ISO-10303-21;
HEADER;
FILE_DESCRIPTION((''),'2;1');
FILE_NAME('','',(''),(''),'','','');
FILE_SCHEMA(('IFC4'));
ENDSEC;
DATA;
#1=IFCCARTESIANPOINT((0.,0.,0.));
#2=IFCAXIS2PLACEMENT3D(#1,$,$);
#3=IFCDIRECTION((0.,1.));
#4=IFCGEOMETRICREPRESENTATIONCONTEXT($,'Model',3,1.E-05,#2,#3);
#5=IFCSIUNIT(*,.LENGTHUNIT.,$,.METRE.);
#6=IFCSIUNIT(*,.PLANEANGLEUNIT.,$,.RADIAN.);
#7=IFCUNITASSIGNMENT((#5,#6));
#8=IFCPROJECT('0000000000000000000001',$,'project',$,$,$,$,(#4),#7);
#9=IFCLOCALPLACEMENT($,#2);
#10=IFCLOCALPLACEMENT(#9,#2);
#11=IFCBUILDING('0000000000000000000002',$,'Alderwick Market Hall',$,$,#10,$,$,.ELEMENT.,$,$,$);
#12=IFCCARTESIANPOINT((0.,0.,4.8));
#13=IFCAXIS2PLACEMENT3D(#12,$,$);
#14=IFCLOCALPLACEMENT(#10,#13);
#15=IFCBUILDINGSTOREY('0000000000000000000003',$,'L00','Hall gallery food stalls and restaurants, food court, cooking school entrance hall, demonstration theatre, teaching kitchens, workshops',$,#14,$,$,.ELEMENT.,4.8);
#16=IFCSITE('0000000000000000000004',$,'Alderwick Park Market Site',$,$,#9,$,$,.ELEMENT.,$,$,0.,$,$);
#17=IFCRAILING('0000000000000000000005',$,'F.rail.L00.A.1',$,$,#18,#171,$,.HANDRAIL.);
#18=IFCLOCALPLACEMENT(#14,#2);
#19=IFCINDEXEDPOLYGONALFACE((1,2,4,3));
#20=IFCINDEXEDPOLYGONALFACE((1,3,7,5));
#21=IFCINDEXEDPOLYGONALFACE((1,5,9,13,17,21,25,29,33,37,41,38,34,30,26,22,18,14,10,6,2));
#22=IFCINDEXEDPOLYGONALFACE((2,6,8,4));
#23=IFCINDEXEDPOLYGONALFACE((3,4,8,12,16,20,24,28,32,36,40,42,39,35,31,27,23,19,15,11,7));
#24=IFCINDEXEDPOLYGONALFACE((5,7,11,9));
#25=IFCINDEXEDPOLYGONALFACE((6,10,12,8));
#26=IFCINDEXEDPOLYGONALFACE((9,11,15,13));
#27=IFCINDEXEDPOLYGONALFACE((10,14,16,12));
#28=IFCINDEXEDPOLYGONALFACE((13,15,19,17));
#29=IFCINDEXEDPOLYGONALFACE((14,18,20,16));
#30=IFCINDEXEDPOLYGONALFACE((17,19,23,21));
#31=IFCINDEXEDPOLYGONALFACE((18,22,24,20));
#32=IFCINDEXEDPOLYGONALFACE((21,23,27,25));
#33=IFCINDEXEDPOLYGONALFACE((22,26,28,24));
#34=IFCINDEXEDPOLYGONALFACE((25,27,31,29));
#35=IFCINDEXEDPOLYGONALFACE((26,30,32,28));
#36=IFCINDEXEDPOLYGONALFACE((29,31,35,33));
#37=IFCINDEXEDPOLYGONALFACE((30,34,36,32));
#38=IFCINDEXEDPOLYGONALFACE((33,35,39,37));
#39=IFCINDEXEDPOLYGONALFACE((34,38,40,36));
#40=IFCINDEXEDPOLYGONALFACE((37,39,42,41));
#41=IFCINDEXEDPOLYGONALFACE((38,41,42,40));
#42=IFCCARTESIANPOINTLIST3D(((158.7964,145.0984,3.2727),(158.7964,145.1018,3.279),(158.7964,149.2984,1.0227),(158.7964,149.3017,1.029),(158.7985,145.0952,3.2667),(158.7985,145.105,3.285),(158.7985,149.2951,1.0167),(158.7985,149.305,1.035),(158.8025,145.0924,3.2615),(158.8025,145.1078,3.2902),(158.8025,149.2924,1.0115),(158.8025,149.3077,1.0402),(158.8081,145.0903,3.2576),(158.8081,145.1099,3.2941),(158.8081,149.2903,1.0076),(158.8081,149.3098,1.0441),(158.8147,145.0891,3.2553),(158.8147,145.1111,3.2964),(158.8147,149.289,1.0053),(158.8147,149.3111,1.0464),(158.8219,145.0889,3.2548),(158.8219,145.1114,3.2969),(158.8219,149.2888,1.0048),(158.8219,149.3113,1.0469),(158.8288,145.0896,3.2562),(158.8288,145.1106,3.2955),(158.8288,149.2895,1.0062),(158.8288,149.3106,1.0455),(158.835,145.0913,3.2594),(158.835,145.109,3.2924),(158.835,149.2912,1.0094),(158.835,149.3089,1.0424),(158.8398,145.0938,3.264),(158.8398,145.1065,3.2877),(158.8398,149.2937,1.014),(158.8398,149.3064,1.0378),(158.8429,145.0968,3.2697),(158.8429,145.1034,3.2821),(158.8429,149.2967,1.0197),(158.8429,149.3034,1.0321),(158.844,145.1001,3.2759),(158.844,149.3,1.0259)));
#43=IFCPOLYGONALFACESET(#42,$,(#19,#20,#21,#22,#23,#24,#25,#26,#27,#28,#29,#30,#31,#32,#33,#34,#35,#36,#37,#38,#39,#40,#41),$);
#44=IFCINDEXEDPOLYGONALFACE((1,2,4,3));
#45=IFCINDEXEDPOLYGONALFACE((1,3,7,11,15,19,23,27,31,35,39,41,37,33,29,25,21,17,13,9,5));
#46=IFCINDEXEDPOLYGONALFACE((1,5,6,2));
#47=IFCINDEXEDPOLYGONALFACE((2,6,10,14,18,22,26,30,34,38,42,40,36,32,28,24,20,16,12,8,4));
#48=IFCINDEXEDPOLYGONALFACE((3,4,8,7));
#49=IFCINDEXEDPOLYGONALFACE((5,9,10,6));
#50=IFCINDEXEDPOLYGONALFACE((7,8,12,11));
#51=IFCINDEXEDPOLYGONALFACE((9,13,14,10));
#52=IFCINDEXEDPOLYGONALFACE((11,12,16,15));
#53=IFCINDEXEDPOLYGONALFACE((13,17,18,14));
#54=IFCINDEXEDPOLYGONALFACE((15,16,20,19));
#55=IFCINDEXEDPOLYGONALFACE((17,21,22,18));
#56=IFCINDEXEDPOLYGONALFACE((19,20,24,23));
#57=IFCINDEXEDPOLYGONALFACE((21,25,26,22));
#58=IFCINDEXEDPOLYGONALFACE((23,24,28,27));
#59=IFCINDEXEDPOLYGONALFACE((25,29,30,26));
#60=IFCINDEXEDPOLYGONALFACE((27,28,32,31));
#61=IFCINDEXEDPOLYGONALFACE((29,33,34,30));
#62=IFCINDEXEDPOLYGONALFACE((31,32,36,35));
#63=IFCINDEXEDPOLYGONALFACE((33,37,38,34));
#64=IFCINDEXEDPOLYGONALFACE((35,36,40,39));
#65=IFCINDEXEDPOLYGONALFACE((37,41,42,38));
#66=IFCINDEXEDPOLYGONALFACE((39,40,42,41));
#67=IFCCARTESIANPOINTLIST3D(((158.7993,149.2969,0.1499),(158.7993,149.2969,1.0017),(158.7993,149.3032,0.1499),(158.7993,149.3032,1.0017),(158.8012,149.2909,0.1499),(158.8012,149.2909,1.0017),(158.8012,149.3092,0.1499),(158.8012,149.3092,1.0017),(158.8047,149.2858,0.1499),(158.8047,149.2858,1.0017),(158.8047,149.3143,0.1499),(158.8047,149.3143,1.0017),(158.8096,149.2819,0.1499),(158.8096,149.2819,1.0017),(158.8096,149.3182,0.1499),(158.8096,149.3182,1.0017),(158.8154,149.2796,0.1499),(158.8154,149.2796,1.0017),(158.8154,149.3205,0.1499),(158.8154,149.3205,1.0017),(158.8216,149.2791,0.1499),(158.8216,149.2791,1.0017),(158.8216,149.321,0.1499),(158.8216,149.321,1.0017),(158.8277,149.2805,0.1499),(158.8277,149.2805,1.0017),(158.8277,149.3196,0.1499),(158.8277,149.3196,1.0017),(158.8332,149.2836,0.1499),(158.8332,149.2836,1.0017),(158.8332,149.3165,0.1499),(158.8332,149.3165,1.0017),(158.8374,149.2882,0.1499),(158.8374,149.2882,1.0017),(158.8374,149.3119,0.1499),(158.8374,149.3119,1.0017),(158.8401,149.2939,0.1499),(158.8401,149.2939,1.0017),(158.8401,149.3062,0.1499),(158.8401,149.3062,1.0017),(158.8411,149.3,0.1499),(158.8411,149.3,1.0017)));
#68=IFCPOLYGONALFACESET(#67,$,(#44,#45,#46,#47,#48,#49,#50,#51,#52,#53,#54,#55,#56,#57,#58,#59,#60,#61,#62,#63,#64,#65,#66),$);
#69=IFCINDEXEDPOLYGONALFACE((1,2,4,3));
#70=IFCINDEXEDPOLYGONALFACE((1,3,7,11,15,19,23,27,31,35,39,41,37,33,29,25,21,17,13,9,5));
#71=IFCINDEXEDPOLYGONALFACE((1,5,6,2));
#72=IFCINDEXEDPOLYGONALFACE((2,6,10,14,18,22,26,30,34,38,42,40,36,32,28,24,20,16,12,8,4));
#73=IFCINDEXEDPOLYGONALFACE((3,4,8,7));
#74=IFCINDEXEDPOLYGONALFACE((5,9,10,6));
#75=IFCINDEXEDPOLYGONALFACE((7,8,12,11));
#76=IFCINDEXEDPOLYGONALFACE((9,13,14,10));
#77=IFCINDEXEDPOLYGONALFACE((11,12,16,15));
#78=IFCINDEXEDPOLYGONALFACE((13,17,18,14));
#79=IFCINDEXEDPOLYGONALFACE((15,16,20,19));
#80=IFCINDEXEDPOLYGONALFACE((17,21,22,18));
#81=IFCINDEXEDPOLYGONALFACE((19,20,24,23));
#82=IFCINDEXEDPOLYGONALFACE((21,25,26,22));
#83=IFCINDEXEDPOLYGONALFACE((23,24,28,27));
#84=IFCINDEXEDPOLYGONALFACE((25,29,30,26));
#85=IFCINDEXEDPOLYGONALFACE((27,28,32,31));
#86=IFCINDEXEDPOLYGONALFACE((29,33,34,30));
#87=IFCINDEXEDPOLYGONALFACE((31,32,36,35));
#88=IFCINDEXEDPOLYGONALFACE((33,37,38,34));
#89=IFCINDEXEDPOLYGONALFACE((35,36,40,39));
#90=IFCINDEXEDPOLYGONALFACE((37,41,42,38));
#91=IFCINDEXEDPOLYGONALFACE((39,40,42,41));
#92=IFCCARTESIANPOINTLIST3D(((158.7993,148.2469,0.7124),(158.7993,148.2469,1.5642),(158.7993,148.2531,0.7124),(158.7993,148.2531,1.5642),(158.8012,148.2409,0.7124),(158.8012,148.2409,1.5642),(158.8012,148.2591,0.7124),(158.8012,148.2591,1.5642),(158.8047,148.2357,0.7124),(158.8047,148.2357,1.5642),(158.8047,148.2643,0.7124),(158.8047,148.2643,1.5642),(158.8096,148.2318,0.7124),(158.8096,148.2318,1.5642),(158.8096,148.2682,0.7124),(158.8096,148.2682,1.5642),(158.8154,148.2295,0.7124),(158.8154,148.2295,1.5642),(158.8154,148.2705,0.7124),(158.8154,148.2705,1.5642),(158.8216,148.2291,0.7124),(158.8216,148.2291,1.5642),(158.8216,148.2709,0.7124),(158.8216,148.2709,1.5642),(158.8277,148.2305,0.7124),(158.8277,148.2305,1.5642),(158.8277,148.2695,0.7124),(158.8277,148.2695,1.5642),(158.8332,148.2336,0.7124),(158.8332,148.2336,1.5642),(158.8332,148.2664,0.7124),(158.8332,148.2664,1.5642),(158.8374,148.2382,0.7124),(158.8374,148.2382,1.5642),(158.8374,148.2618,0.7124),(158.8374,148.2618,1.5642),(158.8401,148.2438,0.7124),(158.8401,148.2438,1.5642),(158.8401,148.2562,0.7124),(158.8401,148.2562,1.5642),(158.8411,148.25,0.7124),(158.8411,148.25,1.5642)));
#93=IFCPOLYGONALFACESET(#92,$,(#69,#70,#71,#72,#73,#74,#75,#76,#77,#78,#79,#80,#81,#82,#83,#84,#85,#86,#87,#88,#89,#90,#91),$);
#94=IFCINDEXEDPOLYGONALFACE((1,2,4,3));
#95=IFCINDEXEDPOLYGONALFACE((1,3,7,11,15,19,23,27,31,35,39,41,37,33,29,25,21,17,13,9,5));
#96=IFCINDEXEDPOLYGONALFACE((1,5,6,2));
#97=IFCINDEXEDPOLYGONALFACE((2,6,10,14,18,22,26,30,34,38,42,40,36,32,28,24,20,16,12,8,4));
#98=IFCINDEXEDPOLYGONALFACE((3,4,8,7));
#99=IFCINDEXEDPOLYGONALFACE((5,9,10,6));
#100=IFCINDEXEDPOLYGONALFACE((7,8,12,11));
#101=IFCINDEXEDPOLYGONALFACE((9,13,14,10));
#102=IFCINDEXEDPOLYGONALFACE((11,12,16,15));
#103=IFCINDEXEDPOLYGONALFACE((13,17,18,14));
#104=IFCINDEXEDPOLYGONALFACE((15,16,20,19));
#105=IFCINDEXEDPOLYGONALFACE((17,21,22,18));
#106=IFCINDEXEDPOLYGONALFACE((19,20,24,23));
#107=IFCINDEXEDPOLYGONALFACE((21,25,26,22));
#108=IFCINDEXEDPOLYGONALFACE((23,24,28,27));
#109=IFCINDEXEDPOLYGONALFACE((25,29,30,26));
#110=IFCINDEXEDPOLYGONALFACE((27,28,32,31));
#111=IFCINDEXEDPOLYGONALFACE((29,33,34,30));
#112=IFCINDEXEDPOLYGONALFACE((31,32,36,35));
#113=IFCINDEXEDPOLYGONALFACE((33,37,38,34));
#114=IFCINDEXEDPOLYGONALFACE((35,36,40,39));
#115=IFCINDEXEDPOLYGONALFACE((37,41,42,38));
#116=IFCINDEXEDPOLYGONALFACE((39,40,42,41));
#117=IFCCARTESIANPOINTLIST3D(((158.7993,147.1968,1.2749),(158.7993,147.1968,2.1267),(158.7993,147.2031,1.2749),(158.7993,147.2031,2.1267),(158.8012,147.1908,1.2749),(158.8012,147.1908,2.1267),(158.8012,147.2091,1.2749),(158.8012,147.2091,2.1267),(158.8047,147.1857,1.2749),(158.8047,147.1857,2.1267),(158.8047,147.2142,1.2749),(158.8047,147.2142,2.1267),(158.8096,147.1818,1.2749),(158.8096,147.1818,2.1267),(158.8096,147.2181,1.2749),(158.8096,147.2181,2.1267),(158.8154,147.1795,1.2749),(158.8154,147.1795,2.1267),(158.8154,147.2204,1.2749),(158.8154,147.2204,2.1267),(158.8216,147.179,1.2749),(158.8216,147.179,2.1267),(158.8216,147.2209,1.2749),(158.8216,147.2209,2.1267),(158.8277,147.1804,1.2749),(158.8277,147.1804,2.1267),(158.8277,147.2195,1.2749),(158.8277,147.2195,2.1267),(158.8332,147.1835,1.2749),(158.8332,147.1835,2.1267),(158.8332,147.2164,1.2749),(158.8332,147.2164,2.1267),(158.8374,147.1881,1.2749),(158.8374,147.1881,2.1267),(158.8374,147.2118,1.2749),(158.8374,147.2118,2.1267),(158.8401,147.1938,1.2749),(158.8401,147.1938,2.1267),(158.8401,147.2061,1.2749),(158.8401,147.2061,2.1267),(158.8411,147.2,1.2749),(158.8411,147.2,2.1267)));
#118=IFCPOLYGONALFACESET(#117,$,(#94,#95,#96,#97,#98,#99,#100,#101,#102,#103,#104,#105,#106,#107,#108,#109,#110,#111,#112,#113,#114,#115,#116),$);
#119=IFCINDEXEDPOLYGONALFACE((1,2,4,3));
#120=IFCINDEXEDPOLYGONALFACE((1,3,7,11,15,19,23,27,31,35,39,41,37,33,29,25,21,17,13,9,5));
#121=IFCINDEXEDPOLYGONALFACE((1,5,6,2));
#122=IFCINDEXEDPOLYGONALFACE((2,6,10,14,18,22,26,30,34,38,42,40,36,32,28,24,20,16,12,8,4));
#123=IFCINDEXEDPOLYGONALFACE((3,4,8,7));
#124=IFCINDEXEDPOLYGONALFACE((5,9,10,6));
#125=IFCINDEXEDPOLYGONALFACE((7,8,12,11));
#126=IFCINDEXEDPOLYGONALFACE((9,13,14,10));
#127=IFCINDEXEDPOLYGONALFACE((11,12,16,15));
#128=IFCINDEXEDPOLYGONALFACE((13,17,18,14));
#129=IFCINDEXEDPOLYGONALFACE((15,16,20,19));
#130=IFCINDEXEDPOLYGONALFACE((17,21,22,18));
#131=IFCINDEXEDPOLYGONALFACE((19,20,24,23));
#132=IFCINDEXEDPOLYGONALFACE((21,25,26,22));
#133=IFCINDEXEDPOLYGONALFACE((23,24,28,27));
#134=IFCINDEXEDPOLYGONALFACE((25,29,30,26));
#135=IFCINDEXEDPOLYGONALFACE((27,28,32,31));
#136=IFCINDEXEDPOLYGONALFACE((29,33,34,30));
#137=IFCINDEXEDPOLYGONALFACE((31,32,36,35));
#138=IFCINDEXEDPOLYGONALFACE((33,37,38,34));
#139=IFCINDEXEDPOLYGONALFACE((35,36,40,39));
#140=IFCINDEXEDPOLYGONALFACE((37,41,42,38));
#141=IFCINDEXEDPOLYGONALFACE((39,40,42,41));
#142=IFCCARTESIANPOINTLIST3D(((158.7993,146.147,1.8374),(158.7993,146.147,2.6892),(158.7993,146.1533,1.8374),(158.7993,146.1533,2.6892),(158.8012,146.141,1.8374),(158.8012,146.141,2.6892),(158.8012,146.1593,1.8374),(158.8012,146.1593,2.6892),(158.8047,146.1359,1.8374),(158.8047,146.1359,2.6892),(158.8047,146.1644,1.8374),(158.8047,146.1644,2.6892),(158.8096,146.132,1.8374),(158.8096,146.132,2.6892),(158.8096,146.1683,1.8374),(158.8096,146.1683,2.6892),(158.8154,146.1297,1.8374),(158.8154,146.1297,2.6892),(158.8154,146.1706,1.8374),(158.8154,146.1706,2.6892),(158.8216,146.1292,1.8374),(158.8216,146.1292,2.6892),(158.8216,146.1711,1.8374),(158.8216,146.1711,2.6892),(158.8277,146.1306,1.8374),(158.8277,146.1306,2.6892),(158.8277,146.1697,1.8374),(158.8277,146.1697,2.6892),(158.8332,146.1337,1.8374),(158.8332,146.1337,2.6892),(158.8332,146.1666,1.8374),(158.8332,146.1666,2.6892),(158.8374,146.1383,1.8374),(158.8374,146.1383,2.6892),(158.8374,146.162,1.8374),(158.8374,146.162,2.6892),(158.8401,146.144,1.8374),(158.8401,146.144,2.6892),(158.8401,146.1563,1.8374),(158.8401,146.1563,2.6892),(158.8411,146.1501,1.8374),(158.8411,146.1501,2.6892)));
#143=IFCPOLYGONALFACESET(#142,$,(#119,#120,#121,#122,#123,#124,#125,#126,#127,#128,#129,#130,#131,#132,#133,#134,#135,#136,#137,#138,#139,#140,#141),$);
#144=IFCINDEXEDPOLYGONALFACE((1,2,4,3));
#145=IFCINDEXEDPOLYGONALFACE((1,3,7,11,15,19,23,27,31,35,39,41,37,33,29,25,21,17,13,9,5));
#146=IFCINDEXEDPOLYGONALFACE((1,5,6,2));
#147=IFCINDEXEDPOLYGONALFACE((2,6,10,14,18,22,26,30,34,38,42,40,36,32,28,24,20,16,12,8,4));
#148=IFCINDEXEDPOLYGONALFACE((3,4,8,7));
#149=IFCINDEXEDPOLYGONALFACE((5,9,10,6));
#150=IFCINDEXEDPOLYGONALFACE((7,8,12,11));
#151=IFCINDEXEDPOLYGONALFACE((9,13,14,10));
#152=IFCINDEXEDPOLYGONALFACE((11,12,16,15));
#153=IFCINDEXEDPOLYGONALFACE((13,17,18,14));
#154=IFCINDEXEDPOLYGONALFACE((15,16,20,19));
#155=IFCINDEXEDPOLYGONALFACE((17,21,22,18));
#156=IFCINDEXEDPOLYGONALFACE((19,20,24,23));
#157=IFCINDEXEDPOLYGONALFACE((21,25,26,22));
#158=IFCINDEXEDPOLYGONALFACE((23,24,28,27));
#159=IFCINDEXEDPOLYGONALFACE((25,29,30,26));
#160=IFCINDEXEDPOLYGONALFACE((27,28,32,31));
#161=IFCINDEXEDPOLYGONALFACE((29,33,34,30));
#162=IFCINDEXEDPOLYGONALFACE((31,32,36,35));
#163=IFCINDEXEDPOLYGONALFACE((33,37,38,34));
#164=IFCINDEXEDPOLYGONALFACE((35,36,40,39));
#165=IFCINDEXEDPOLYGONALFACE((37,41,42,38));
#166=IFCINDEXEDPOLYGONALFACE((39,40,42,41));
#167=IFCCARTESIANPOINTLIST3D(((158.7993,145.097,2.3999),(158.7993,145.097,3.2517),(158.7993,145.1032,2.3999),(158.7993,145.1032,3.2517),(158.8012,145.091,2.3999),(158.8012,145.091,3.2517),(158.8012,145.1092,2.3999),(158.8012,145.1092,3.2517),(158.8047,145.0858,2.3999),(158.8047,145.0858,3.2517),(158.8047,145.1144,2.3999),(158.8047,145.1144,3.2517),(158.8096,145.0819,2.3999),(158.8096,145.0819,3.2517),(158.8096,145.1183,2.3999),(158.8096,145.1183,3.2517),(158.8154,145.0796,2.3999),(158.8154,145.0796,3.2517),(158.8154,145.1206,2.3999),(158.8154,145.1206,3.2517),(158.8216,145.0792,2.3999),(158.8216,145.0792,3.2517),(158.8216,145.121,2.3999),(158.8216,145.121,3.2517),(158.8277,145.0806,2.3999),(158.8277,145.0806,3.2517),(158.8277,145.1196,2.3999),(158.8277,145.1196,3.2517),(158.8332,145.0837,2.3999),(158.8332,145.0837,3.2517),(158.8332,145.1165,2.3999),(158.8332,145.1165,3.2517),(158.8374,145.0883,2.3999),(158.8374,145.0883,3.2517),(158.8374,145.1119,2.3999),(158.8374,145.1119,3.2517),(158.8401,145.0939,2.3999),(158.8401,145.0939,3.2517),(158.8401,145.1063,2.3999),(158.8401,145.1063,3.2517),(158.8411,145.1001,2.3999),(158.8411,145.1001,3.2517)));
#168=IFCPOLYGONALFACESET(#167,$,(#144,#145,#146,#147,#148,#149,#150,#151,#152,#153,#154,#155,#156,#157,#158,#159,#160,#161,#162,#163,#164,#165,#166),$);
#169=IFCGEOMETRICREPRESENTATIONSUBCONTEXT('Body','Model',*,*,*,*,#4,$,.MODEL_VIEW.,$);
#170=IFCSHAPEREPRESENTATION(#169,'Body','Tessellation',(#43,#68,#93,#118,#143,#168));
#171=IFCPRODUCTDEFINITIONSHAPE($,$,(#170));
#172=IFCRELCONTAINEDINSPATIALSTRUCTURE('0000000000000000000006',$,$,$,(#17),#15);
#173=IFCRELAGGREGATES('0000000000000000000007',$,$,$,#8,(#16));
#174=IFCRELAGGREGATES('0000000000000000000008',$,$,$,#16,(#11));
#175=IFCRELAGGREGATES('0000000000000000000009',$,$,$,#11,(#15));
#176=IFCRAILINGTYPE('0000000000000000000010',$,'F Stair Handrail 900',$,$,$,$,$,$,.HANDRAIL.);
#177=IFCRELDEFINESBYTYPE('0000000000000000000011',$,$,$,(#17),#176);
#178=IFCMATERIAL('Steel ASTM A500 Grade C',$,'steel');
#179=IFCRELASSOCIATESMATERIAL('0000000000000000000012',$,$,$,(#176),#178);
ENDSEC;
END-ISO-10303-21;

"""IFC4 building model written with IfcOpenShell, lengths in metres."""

from ifc_helpers import new_model, si_unit, direction, frame, origin, origin_2d, place, context, subcontext, project, spatial, circle, extrude, material, type_object, element, save


model = new_model("IFC4")

# Units and contexts
model_context = context("Model", 3, precision=1e-05, world=origin(), true_north=direction((0.0, 1.0)))
body_context = subcontext(model_context, "Body", "Model", "MODEL_VIEW")
ifc_project = project(units=[si_unit("LENGTHUNIT", "METRE"), si_unit("PLANEANGLEUNIT", "RADIAN")], contexts=[model_context])

# Site, building, storey
site_placement = place(None, origin())
site = spatial("IfcSite", under=ifc_project, at=site_placement, Name="Alderwick Park Market Site", CompositionType="ELEMENT", RefElevation=0.0)
building_placement = place(site_placement, origin())
building = spatial("IfcBuilding", under=site, at=building_placement, Name="Alderwick Market Hall", CompositionType="ELEMENT")
storey_placement = place(building_placement, frame((0.0, 0.0, 4.8)))
storey = spatial("IfcBuildingStorey", under=building, at=storey_placement, Name="L00", Description="Hall gallery food stalls and restaurants, food court, cooking school entrance hall, demonstration theatre, teaching kitchens, workshops", CompositionType="ELEMENT", Elevation=4.8)

# Railing
ifc_material_1 = material(Name="Steel ASTM A500 Grade C", Category="steel")
railing_type_1 = type_object("IfcRailingType", Name="F Stair Handrail 900", PredefinedType="HANDRAIL", material=ifc_material_1)
for number, where, name in (
    (1, (158.8201, 149.3, 0.1499), "F.rail.L00.A.1"),
):
    element("IfcRailing", number, at=place(storey_placement, frame(where)), inside=storey, type_object=railing_type_1, Name=name, PredefinedType="HANDRAIL", context=body_context, shape_type="SweptSolid", body=[
        extrude(circle(Radius=0.0239, at=origin_2d()), frame((0.0, 0.0, 0.876), z_axis=(0.0, -0.881478, 0.472226), x_axis=(1.0, 0.0, 0.0)), (0.0, 0.0, 1.0), 4.7646),
        extrude(circle(Radius=0.021, at=origin_2d()), origin(), (0.0, 0.0, 1.0), 0.8518),
        extrude(circle(Radius=0.021, at=origin_2d()), frame((0.0, -1.05, 0.5625)), (0.0, 0.0, 1.0), 0.8518),
        extrude(circle(Radius=0.021, at=origin_2d()), frame((0.0, -2.1001, 1.125)), (0.0, 0.0, 1.0), 0.8518),
        extrude(circle(Radius=0.021, at=origin_2d()), frame((0.0, -3.1499, 1.6875)), (0.0, 0.0, 1.0), 0.8518),
        extrude(circle(Radius=0.021, at=origin_2d()), frame((0.0, -4.2, 2.25)), (0.0, 0.0, 1.0), 0.8518),
    ])

save(model, "model.ifc")
